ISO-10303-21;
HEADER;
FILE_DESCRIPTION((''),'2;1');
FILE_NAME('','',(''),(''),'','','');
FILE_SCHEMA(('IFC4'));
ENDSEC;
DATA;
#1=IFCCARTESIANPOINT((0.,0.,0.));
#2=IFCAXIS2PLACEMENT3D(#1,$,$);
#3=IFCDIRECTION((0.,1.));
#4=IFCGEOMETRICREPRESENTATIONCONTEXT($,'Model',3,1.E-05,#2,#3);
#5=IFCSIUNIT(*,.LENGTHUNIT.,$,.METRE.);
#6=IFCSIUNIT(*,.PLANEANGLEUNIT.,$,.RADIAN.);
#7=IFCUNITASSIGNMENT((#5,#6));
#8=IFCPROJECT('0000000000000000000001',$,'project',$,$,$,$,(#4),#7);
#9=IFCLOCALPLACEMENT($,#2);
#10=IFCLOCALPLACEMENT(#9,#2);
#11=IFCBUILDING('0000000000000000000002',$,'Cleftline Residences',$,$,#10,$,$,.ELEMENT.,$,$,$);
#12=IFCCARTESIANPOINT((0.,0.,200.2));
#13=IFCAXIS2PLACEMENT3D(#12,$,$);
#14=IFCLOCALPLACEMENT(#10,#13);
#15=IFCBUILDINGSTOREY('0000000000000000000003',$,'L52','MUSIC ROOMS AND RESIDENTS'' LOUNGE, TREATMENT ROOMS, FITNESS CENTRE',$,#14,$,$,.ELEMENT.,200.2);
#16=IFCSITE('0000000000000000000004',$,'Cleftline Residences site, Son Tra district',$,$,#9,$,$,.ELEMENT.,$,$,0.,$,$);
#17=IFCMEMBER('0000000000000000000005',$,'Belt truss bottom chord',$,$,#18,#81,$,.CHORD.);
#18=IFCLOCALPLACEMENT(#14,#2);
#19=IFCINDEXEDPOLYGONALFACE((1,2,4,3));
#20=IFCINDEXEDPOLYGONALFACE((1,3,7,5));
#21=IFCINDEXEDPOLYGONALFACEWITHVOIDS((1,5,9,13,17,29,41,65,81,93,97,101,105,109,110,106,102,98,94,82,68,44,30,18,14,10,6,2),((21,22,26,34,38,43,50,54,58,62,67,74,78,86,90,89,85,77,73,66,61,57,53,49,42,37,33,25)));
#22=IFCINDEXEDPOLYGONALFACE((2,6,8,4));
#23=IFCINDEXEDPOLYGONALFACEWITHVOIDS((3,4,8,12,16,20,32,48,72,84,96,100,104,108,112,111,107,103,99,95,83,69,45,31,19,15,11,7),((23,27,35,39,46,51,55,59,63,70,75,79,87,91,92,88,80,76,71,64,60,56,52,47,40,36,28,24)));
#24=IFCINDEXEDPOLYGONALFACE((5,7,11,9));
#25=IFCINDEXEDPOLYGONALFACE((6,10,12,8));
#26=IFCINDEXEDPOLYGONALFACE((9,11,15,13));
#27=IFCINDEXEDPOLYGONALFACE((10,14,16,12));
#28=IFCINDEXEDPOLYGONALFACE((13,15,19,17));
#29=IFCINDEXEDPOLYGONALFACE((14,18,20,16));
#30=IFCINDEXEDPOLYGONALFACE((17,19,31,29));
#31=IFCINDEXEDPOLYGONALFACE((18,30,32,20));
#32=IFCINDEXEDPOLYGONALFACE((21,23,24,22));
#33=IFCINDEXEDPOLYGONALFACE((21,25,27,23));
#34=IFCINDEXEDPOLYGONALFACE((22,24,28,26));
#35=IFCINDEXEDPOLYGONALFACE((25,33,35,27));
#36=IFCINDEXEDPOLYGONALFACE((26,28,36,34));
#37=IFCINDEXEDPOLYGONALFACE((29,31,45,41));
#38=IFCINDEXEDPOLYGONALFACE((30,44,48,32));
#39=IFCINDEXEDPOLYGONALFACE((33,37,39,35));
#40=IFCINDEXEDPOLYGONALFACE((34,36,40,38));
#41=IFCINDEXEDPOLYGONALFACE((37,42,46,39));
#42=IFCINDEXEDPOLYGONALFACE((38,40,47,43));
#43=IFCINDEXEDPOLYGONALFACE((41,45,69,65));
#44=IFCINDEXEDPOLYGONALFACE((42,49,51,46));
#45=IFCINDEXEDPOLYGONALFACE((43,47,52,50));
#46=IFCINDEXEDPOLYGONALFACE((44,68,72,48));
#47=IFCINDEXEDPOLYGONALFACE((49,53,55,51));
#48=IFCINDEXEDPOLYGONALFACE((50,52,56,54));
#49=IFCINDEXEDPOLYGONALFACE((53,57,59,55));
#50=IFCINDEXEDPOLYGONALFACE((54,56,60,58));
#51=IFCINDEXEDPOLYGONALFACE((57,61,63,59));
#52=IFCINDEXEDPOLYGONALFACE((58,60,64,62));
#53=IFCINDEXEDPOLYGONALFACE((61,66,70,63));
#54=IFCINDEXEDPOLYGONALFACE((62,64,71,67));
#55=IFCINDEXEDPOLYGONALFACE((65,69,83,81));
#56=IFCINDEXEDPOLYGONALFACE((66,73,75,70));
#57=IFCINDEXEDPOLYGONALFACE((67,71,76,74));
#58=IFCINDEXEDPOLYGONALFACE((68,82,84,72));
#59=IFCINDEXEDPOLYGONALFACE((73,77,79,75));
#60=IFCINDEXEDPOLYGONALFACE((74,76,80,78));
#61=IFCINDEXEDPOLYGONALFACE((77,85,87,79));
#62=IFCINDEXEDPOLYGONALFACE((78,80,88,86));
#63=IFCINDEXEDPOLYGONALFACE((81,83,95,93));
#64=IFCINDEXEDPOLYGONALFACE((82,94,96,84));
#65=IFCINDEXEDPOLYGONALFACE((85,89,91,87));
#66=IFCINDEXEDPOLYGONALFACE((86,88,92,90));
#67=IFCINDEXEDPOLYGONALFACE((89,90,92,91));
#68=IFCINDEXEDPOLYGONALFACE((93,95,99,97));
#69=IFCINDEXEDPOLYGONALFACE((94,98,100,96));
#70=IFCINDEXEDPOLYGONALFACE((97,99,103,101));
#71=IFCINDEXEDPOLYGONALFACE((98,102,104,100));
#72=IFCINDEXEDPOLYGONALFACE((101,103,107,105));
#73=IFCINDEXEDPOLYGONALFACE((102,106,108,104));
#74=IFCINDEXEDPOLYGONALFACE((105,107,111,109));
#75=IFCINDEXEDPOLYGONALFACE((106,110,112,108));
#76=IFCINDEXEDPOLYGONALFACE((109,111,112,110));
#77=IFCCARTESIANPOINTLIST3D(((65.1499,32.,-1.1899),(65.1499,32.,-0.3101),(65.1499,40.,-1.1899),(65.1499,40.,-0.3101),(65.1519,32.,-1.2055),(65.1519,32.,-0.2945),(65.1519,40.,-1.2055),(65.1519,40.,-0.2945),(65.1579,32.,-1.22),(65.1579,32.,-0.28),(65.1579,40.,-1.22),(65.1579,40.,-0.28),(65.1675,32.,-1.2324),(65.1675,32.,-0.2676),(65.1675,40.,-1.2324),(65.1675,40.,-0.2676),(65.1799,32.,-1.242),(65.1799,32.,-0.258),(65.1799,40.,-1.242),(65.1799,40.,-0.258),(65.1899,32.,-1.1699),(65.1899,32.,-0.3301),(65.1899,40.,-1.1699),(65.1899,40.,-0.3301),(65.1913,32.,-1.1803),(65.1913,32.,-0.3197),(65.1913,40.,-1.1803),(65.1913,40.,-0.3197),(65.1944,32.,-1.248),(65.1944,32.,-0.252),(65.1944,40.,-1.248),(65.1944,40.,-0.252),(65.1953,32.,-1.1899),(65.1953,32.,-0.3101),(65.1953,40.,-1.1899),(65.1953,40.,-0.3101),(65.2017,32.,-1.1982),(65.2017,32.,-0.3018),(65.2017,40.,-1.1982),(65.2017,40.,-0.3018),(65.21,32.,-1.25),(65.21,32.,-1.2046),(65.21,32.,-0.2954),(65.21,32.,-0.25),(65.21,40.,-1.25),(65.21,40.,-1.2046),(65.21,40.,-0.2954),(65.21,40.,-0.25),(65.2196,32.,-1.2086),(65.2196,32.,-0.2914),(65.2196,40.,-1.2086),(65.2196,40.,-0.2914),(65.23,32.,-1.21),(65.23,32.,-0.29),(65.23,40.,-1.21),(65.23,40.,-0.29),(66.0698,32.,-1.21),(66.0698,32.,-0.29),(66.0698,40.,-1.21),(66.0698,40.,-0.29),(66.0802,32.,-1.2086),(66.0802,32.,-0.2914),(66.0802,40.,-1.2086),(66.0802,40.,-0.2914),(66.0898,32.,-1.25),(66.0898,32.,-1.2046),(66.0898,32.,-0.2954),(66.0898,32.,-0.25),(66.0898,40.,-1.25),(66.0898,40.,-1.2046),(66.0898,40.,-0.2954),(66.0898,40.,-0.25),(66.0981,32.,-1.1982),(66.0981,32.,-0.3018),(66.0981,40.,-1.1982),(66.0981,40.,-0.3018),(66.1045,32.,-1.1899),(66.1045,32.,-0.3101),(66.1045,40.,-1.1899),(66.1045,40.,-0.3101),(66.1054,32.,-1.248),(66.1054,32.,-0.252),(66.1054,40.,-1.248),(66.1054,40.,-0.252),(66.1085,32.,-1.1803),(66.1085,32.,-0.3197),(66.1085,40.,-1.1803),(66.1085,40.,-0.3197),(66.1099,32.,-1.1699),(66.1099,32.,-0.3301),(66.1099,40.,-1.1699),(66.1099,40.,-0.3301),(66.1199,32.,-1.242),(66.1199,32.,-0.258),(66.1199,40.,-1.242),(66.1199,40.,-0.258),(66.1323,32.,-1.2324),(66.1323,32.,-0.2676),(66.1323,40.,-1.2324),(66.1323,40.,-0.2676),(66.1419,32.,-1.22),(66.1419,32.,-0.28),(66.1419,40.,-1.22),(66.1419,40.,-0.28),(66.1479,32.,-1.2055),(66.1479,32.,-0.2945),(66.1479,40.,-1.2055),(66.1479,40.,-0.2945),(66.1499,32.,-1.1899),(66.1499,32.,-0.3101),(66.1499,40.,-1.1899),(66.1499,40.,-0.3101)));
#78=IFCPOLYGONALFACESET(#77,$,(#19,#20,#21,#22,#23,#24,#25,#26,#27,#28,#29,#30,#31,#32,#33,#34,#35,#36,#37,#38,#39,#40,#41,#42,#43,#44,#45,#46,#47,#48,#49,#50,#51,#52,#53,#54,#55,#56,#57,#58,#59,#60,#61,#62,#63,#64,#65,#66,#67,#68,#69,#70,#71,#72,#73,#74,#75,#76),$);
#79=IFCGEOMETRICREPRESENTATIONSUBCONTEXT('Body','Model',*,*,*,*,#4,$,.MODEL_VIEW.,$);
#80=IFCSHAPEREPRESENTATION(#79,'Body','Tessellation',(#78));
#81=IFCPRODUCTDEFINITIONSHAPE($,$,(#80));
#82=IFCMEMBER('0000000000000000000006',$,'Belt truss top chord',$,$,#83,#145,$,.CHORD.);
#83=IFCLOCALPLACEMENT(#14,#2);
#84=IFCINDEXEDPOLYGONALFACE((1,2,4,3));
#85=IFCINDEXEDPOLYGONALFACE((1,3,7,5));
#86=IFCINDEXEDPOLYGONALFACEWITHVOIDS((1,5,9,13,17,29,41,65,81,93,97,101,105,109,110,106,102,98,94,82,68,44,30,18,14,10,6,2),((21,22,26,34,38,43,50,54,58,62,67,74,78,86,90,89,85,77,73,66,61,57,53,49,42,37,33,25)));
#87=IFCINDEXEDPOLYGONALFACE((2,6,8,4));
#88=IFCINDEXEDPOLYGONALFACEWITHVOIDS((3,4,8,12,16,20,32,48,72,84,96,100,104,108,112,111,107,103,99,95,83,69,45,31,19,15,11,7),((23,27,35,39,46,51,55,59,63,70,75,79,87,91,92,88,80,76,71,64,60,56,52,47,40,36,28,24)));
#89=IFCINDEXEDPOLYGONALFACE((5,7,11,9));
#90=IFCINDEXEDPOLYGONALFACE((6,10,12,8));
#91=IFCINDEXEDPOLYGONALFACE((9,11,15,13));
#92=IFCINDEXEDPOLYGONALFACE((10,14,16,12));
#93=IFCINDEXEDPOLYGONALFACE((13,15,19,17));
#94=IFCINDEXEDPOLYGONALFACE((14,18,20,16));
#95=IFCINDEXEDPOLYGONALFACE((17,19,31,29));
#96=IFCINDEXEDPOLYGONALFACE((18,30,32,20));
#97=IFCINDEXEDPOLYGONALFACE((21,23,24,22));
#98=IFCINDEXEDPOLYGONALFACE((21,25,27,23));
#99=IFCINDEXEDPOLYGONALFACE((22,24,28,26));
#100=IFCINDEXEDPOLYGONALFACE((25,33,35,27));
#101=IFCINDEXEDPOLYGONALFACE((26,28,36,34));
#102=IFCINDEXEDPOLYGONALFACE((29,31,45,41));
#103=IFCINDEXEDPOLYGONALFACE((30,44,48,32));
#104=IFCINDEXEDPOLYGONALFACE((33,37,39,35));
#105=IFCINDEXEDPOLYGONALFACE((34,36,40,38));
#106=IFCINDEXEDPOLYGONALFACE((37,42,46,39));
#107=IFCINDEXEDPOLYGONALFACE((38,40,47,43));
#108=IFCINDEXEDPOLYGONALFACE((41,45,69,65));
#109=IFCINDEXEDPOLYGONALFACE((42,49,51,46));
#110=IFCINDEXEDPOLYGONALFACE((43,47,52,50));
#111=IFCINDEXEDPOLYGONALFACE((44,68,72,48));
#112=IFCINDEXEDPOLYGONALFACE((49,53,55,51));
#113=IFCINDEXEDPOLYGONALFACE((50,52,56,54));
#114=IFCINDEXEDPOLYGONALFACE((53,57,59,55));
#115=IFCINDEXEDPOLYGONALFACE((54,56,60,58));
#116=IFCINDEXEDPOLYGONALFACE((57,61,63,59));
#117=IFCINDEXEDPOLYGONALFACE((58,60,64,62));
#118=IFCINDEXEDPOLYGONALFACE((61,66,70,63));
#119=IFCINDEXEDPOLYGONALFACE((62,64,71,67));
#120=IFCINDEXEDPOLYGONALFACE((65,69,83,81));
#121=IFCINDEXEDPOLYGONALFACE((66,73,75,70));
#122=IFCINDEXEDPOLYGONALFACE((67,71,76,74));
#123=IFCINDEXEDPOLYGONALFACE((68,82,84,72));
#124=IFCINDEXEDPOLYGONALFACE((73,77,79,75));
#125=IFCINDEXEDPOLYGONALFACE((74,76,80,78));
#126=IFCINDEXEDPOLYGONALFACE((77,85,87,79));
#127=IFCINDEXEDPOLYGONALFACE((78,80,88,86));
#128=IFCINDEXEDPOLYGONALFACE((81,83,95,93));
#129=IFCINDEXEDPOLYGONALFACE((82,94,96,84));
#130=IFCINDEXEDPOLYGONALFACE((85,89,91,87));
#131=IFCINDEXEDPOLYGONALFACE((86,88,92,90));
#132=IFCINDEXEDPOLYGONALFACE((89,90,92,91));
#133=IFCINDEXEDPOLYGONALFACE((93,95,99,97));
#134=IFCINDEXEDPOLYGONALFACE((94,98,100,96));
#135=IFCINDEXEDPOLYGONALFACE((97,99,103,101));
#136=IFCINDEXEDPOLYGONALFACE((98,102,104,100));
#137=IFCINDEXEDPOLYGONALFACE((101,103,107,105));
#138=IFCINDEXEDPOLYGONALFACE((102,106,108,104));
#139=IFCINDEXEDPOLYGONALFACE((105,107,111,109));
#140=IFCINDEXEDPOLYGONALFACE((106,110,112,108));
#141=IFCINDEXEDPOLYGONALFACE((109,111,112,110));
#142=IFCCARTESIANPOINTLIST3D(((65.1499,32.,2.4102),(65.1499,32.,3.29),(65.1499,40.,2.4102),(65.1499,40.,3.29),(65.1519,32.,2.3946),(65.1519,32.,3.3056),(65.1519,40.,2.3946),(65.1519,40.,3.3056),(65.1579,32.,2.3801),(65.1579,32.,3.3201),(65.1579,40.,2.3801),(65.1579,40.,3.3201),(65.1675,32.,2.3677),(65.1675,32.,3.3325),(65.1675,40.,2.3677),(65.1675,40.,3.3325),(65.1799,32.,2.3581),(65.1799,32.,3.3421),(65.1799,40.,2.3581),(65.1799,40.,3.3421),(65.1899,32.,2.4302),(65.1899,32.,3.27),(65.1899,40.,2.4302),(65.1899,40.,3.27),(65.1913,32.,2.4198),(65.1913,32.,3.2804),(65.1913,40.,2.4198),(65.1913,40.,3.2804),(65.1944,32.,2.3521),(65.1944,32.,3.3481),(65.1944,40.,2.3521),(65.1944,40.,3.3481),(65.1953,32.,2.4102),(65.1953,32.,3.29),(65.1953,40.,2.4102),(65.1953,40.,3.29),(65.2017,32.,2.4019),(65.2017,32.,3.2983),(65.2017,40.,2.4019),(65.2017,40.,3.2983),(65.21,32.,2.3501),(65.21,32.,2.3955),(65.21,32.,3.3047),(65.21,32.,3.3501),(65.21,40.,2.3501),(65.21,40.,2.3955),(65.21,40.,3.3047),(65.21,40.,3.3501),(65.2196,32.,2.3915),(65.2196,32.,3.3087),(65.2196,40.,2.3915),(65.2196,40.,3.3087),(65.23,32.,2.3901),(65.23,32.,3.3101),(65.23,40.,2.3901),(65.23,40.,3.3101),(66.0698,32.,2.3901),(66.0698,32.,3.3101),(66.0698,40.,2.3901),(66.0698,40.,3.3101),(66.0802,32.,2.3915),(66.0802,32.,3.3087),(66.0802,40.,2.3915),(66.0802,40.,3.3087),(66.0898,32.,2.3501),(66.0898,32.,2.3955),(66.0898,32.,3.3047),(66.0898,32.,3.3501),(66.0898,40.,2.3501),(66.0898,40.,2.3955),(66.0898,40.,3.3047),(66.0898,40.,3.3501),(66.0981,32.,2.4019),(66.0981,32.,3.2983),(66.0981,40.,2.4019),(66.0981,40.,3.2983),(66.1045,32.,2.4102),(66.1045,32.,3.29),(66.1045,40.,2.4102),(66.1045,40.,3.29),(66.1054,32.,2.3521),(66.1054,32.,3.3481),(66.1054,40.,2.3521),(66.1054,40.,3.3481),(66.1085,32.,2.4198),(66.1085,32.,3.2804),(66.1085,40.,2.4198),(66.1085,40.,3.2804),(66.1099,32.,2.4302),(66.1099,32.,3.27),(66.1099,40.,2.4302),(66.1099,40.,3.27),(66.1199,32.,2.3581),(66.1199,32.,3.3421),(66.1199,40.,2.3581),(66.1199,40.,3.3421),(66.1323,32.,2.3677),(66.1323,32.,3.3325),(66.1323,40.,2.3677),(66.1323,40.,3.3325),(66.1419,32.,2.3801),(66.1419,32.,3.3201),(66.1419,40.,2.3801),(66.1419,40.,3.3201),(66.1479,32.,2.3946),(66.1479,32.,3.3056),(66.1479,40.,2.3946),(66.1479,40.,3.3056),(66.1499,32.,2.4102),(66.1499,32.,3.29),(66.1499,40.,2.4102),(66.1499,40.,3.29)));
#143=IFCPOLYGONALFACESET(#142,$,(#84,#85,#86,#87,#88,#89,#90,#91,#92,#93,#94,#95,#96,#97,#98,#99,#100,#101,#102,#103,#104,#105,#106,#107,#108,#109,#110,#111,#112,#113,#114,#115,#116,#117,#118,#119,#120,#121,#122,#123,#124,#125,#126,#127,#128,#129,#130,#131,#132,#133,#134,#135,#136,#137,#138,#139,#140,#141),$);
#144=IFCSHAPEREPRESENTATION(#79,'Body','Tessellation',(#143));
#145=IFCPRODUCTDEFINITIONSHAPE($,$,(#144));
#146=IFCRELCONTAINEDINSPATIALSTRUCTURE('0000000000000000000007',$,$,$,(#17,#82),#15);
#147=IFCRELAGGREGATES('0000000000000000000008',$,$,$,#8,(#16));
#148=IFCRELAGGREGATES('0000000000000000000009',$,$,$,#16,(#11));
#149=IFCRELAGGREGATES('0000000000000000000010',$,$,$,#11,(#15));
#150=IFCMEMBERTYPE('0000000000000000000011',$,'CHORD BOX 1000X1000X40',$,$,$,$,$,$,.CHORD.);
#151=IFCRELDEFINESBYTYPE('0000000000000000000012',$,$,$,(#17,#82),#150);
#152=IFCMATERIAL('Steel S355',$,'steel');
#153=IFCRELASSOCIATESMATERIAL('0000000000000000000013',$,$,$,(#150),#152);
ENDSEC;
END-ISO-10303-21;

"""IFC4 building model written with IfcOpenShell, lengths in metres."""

from ifc_helpers import new_model, si_unit, direction, frame, origin, origin_2d, place, context, subcontext, project, spatial, hollow_rectangle, extrude, material, material_profile, profile_set, type_object, element, save


model = new_model("IFC4")

# Units and contexts
model_context = context("Model", 3, precision=1e-05, world=origin(), true_north=direction((0.0, 1.0)))
body_context = subcontext(model_context, "Body", "Model", "MODEL_VIEW")
ifc_project = project(units=[si_unit("LENGTHUNIT", "METRE"), si_unit("PLANEANGLEUNIT", "RADIAN")], contexts=[model_context])

# Site, building, storey
site_placement = place(None, origin())
site = spatial("IfcSite", under=ifc_project, at=site_placement, Name="Cleftline Residences site, Son Tra district", CompositionType="ELEMENT", RefElevation=0.0)
building_placement = place(site_placement, origin())
building = spatial("IfcBuilding", under=site, at=building_placement, Name="Cleftline Residences", CompositionType="ELEMENT")
storey_placement = place(building_placement, frame((0.0, 0.0, 200.2)))
storey = spatial("IfcBuildingStorey", under=building, at=storey_placement, Name="L52", Description="MUSIC ROOMS AND RESIDENTS' LOUNGE, TREATMENT ROOMS, FITNESS CENTRE", CompositionType="ELEMENT", Elevation=200.2)

# Members
ifc_material_1 = material(Name="Steel S355", Category="steel")
ifc_material_profile_1 = material_profile(ifc_material_1, hollow_rectangle(XDim=1.0, YDim=1.0, WallThickness=0.04, InnerFilletRadius=0.04, OuterFilletRadius=0.0601, at=origin_2d()))
ifc_profile_set_1 = profile_set([ifc_material_profile_1], Name="Steel S355")
member_type_1 = type_object("IfcMemberType", Name="CHORD BOX 1000X1000X40", PredefinedType="CHORD", material=ifc_profile_set_1)
for number, where, z_axis, x_axis, name in (
    (1, (65.6499, 32.0, -0.75), (0.0, 1.0, 0.0), (-1.0, 0.0, 0.0), "Belt truss bottom chord"),
    (2, (65.6499, 32.0, 2.8501), (0.0, 1.0, 0.0), (-1.0, 0.0, 0.0), "Belt truss top chord"),
):
    element("IfcMember", number, at=place(storey_placement, frame(where, z_axis=z_axis, x_axis=x_axis)), inside=storey, type_object=member_type_1, Name=name, PredefinedType="CHORD", context=body_context, shape_type="SweptSolid", body=[
        extrude(hollow_rectangle(XDim=1.0, YDim=1.0, WallThickness=0.04, InnerFilletRadius=0.04, OuterFilletRadius=0.0601, at=origin_2d()), origin(), (0.0, 0.0, 1.0), 8.0),
    ])

save(model, "model.ifc")
